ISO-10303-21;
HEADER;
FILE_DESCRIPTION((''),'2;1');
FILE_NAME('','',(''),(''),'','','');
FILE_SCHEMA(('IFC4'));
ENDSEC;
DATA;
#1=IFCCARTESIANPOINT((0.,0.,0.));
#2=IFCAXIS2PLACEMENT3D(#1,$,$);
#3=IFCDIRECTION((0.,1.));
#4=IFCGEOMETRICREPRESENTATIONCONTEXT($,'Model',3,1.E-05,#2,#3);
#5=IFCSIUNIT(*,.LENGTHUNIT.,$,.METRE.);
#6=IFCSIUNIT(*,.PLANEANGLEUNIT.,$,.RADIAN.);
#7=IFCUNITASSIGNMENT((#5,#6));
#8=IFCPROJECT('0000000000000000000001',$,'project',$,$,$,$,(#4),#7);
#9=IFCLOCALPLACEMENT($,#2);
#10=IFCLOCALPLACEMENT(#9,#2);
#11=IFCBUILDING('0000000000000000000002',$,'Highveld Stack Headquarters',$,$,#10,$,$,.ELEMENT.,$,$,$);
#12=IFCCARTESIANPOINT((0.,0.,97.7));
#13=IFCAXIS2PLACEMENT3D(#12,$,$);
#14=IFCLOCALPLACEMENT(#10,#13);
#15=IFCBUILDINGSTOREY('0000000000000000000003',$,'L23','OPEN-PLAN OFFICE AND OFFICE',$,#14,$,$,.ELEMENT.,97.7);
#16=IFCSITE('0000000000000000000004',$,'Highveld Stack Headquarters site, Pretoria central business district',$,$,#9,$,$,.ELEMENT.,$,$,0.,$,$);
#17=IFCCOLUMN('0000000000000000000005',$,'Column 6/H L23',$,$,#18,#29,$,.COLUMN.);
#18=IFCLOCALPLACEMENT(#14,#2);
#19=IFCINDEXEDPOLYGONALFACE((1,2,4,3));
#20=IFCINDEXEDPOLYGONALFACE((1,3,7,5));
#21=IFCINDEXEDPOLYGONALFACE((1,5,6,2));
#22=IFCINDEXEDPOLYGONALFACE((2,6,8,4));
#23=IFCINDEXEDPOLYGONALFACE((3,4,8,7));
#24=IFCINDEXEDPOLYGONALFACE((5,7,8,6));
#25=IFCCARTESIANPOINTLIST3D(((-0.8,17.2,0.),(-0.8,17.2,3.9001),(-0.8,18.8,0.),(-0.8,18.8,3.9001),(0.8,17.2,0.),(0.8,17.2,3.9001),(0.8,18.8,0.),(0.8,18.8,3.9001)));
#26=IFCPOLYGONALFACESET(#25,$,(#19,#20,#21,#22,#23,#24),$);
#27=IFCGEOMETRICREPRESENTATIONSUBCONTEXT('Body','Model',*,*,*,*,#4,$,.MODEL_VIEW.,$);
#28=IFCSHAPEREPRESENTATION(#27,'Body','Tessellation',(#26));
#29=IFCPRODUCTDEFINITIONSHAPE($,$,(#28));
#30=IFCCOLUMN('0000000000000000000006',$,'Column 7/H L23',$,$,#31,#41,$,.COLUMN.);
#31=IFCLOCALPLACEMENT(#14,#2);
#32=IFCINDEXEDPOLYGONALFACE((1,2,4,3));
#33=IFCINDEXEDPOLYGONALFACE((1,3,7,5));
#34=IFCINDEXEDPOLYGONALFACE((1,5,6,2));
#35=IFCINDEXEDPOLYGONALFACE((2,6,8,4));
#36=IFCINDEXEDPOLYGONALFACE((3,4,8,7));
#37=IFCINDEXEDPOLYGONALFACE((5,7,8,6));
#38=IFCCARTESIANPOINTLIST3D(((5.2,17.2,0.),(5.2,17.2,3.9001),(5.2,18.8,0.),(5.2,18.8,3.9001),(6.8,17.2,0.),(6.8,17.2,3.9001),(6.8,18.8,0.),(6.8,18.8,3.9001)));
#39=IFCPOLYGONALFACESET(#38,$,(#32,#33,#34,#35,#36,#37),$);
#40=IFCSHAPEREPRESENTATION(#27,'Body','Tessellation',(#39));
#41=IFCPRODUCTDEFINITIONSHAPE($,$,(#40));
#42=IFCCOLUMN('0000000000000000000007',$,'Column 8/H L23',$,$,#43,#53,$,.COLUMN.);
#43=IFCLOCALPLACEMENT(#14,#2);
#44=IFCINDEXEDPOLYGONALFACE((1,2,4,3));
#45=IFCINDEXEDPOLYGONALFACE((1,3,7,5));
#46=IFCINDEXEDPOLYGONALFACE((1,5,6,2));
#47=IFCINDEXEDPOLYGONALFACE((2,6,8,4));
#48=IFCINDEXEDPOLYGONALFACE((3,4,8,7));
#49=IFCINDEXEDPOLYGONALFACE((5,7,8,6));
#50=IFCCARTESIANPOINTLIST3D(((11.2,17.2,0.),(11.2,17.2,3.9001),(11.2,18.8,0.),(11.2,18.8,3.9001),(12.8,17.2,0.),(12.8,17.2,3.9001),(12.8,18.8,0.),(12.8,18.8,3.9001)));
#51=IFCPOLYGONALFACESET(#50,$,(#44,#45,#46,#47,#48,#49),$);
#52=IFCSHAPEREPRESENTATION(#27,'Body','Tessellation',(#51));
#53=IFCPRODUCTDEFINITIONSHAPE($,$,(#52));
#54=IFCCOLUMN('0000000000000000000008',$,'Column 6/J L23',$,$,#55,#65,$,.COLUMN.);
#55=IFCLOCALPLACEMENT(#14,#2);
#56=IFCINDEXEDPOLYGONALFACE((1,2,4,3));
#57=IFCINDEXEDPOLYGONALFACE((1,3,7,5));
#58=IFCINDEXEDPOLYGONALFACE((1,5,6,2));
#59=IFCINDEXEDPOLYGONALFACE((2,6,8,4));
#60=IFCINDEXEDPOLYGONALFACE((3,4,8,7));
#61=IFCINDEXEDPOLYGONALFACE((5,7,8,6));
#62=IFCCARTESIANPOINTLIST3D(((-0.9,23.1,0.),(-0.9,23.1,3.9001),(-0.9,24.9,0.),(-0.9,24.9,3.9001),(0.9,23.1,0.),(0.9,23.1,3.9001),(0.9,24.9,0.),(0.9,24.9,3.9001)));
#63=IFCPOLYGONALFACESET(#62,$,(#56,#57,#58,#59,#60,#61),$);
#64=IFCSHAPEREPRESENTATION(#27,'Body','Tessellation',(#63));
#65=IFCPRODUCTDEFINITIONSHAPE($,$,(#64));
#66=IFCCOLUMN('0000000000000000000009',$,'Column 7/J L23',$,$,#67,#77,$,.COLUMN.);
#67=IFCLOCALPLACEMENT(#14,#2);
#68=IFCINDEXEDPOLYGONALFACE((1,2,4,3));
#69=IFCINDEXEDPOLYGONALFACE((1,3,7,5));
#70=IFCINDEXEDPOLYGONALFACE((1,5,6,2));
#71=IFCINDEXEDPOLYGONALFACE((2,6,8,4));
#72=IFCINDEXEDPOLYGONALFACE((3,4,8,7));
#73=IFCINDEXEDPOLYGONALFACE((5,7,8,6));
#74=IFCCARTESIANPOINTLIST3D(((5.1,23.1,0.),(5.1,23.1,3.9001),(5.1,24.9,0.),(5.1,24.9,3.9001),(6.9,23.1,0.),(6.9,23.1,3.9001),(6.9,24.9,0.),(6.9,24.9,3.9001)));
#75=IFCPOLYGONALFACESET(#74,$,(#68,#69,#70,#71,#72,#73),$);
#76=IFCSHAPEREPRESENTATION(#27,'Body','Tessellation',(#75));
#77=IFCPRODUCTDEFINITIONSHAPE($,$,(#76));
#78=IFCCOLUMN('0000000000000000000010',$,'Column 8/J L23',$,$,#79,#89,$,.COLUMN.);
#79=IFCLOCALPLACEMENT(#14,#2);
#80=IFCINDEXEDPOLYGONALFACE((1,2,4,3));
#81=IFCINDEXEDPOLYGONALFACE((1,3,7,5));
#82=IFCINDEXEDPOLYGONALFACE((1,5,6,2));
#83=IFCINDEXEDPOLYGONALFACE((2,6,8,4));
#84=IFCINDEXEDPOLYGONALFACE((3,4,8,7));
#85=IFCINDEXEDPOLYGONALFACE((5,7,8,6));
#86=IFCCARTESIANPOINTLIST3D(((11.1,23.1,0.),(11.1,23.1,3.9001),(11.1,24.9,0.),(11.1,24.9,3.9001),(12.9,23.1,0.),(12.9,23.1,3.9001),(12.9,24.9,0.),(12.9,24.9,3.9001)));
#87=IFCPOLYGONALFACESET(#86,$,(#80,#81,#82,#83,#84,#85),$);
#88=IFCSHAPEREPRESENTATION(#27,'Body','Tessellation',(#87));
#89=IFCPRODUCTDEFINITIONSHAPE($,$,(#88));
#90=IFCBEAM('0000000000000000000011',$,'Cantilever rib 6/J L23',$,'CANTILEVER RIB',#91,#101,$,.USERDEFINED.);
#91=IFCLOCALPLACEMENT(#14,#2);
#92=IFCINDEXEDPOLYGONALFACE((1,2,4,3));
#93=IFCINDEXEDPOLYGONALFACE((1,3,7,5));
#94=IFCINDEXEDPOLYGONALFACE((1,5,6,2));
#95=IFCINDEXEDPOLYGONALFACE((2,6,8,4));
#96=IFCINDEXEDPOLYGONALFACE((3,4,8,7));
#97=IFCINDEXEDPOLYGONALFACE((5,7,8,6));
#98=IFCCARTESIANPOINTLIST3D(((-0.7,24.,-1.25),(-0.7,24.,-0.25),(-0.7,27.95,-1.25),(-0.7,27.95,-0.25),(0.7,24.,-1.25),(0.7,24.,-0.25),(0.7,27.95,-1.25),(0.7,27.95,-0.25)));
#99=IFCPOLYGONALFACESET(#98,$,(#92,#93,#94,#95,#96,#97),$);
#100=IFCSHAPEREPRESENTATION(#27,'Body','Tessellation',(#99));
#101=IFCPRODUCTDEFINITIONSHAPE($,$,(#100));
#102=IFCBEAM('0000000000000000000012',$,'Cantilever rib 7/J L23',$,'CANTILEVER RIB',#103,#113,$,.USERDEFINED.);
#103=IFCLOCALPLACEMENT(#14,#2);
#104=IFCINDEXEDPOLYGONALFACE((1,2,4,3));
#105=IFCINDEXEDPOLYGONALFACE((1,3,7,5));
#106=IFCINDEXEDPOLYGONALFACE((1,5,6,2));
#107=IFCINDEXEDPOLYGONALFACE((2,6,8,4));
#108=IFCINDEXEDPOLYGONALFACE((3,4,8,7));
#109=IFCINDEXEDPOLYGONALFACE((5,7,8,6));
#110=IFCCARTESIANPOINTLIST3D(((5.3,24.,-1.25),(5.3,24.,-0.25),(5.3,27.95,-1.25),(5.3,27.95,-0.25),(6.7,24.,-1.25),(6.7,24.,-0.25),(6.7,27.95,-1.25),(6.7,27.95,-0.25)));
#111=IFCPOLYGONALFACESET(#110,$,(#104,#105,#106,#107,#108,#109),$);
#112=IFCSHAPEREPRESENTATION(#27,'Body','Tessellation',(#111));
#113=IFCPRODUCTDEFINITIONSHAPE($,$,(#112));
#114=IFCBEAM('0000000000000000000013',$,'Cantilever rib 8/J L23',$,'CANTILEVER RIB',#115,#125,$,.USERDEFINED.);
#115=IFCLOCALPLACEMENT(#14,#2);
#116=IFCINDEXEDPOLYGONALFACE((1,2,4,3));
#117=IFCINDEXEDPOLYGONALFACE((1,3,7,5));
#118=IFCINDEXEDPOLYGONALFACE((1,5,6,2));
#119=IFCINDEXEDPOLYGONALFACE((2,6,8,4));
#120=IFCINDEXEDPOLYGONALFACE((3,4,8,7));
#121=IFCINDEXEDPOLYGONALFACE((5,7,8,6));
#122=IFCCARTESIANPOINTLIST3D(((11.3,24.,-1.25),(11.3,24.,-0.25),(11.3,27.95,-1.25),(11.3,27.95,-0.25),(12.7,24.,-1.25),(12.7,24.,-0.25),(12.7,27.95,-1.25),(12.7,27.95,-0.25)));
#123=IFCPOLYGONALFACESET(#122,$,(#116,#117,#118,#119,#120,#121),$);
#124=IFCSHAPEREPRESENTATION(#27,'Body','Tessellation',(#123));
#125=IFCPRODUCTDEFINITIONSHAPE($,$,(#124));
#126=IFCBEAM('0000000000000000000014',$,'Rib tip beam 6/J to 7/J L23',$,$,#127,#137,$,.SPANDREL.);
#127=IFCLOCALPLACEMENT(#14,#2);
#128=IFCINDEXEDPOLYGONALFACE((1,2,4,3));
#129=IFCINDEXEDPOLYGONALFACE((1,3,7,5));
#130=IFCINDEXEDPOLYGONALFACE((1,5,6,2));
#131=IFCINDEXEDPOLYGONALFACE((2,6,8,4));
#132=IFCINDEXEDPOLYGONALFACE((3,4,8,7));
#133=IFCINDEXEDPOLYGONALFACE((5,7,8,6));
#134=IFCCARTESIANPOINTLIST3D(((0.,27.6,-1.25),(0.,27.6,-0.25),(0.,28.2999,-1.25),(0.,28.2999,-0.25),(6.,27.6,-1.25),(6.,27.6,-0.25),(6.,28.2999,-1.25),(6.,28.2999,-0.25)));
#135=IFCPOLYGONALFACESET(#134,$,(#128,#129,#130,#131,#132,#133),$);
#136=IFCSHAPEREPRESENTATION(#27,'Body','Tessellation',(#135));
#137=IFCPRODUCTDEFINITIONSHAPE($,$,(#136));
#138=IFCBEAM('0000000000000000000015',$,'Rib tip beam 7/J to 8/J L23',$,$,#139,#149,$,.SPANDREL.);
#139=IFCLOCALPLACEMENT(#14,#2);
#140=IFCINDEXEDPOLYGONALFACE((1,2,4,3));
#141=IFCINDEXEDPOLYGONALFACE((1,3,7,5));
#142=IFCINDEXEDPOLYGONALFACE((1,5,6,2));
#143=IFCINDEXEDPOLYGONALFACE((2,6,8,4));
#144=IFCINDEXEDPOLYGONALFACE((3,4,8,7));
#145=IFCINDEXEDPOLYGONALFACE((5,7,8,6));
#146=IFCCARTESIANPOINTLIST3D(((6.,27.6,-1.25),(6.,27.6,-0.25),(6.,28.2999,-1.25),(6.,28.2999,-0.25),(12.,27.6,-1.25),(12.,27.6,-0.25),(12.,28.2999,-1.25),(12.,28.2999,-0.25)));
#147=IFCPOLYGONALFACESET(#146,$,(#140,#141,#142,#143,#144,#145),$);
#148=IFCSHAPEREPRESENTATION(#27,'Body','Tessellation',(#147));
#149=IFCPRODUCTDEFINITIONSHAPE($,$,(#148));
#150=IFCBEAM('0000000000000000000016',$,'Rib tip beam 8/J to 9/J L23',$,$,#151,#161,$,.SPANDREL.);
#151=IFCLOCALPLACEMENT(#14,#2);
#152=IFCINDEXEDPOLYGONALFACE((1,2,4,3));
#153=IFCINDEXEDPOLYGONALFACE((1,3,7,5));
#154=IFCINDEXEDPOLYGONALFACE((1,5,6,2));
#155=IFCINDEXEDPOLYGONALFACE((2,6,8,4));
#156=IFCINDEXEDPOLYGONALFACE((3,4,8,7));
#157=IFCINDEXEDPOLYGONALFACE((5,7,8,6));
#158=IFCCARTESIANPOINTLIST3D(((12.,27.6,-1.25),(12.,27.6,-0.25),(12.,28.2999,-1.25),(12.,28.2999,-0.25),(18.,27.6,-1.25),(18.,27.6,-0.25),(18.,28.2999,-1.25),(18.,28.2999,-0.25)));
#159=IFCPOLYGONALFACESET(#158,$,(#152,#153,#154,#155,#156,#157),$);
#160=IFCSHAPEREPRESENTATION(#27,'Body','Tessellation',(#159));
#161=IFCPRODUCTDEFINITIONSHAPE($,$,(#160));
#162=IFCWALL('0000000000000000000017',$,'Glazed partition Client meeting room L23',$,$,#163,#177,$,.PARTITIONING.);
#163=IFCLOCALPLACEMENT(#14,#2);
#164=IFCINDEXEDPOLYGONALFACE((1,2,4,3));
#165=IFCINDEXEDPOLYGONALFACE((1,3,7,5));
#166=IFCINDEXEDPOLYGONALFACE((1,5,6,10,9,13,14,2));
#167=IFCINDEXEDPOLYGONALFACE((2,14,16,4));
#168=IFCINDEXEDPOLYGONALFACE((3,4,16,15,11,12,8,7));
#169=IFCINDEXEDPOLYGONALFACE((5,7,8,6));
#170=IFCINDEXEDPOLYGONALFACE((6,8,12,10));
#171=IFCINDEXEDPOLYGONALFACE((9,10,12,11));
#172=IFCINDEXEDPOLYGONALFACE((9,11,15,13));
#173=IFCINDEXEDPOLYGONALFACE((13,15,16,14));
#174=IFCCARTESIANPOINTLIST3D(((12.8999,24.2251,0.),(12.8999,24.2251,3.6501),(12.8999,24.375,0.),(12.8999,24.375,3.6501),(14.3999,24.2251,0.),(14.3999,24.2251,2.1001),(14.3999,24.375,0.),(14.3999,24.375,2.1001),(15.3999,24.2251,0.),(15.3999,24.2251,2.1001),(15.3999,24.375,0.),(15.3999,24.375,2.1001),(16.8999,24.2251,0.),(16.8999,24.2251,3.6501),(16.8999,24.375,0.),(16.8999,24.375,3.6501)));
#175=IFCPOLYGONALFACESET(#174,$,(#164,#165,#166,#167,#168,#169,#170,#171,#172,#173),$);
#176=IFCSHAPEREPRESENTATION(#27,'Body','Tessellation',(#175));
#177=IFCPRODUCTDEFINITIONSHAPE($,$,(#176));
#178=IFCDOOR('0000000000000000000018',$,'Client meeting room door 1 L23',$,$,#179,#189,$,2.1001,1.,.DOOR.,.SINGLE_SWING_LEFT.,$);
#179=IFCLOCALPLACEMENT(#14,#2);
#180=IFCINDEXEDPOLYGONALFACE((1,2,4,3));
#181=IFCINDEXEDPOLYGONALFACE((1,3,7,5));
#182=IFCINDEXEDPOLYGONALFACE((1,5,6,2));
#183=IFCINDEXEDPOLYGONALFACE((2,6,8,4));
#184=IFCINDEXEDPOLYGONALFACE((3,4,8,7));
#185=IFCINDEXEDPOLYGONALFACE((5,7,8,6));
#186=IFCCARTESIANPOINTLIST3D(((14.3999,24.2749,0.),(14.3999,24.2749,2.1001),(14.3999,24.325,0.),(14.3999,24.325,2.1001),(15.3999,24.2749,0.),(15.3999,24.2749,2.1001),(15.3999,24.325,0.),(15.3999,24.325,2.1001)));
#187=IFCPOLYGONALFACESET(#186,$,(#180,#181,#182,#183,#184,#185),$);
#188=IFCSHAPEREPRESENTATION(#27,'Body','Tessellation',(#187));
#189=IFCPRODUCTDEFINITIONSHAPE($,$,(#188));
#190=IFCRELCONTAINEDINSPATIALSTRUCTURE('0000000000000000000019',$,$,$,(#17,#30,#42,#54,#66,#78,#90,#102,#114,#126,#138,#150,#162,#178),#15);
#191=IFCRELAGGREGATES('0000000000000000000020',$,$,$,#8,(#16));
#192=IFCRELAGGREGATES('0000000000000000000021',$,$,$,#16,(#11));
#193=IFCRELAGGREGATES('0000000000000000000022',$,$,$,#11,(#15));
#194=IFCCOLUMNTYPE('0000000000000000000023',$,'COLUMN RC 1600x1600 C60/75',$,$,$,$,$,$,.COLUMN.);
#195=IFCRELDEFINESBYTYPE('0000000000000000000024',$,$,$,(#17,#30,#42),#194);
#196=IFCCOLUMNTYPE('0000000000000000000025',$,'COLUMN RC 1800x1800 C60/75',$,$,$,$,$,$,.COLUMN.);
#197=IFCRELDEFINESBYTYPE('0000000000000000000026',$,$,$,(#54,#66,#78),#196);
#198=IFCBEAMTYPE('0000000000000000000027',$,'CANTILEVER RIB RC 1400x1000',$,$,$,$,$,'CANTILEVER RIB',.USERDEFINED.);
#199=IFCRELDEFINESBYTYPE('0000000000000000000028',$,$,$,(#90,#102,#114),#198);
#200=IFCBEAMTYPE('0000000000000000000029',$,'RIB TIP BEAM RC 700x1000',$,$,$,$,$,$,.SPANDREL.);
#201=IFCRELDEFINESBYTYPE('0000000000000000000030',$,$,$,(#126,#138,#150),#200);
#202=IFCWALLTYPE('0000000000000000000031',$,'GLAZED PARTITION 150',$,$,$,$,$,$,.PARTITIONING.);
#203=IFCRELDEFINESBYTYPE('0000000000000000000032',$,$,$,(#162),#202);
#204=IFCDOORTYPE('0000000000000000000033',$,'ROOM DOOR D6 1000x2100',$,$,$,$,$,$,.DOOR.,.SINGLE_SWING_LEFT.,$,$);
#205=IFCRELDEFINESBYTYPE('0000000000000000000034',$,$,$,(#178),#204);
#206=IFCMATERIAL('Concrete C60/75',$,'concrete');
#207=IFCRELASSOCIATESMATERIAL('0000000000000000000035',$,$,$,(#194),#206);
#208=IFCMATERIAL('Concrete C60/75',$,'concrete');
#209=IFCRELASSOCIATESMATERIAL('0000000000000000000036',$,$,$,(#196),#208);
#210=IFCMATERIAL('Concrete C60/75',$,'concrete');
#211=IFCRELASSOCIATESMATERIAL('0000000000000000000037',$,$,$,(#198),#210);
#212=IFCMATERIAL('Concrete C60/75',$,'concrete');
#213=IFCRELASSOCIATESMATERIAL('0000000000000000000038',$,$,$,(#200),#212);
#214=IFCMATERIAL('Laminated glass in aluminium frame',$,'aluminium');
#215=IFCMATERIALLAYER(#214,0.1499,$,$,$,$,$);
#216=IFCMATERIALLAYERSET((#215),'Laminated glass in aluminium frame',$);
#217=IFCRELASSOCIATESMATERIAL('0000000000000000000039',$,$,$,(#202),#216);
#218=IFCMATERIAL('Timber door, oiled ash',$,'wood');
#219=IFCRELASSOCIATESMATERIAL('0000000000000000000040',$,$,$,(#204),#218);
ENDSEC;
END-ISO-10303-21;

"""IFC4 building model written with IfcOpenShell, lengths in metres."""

from ifc_helpers import new_model, si_unit, direction, frame, frame_2d, origin, origin_2d, place, context, subcontext, project, spatial, rectangle, extrude, material, layer, layer_set, material_profile, profile_set, type_object, element, fill, save


model = new_model("IFC4")

# Units and contexts
model_context = context("Model", 3, precision=1e-05, world=origin(), true_north=direction((0.0, 1.0)))
body_context = subcontext(model_context, "Body", "Model", "MODEL_VIEW")
ifc_project = project(units=[si_unit("LENGTHUNIT", "METRE"), si_unit("PLANEANGLEUNIT", "RADIAN")], contexts=[model_context])

# Site, building, storey
site_placement = place(None, origin())
site = spatial("IfcSite", under=ifc_project, at=site_placement, Name="Highveld Stack Headquarters site, Pretoria central business district", CompositionType="ELEMENT", RefElevation=0.0)
building_placement = place(site_placement, origin())
building = spatial("IfcBuilding", under=site, at=building_placement, Name="Highveld Stack Headquarters", CompositionType="ELEMENT")
storey_placement = place(building_placement, frame((0.0, 0.0, 97.7)))
storey = spatial("IfcBuildingStorey", under=building, at=storey_placement, Name="L23", Description="OPEN-PLAN OFFICE AND OFFICE", CompositionType="ELEMENT", Elevation=97.7)

# Columns
ifc_material_1 = material(Name="Concrete C60/75", Category="concrete")
ifc_material_profile_1 = material_profile(ifc_material_1, rectangle(XDim=1.6001, YDim=1.6001, at=origin_2d()), Name="RC 1600x1600")
ifc_profile_set_1 = profile_set([ifc_material_profile_1], Name="Concrete C60/75")
column_type_1 = type_object("IfcColumnType", Name="COLUMN RC 1600x1600 C60/75", PredefinedType="COLUMN", material=ifc_profile_set_1)
for number, where, z_axis, x_axis, name in (
    (1, (0.0, 18.0, 0.0), (0.0, 0.0, 1.0), (1.0, 0.0, 0.0), "Column 6/H L23"),
    (2, (6.0, 18.0, 0.0), (0.0, 0.0, 1.0), (1.0, 0.0, 0.0), "Column 7/H L23"),
    (3, (12.0, 18.0, 0.0), (0.0, 0.0, 1.0), (1.0, 0.0, 0.0), "Column 8/H L23"),
):
    element("IfcColumn", number, at=place(storey_placement, frame(where, z_axis=z_axis, x_axis=x_axis)), inside=storey, type_object=column_type_1, Name=name, PredefinedType="COLUMN", context=body_context, shape_type="SweptSolid", body=[
        extrude(rectangle(XDim=1.6001, YDim=1.6001, at=origin_2d()), origin(), (0.0, 0.0, 1.0), 3.9001),
    ])
ifc_material_2 = material(Name="Concrete C60/75", Category="concrete")
ifc_material_profile_2 = material_profile(ifc_material_2, rectangle(XDim=1.8, YDim=1.8, at=origin_2d()), Name="RC 1800x1800")
ifc_profile_set_2 = profile_set([ifc_material_profile_2], Name="Concrete C60/75")
column_type_2 = type_object("IfcColumnType", Name="COLUMN RC 1800x1800 C60/75", PredefinedType="COLUMN", material=ifc_profile_set_2)
for number, where, z_axis, x_axis, name in (
    (4, (0.0, 24.0, 0.0), (0.0, 0.0, 1.0), (1.0, 0.0, 0.0), "Column 6/J L23"),
    (5, (6.0, 24.0, 0.0), (0.0, 0.0, 1.0), (1.0, 0.0, 0.0), "Column 7/J L23"),
    (6, (12.0, 24.0, 0.0), (0.0, 0.0, 1.0), (1.0, 0.0, 0.0), "Column 8/J L23"),
):
    element("IfcColumn", number, at=place(storey_placement, frame(where, z_axis=z_axis, x_axis=x_axis)), inside=storey, type_object=column_type_2, Name=name, PredefinedType="COLUMN", context=body_context, shape_type="SweptSolid", body=[
        extrude(rectangle(XDim=1.8, YDim=1.8, at=origin_2d()), origin(), (0.0, 0.0, 1.0), 3.9001),
    ])

# Beams
ifc_material_3 = material(Name="Concrete C60/75", Category="concrete")
ifc_material_profile_3 = material_profile(ifc_material_3, rectangle(XDim=1.3999, YDim=1.0, at=origin_2d()), Name="RC 1400x1000")
ifc_profile_set_3 = profile_set([ifc_material_profile_3], Name="Concrete C60/75")
beam_type_1 = type_object("IfcBeamType", Name="CANTILEVER RIB RC 1400x1000", ElementType="CANTILEVER RIB", PredefinedType="USERDEFINED", material=ifc_profile_set_3)
for number, where, z_axis, x_axis, name in (
    (7, (0.0, 24.0, -0.75), (0.0, 1.0, 0.0), (-1.0, 0.0, 0.0), "Cantilever rib 6/J L23"),
    (8, (6.0, 24.0, -0.75), (0.0, 1.0, 0.0), (-1.0, 0.0, 0.0), "Cantilever rib 7/J L23"),
    (9, (12.0, 24.0, -0.75), (0.0, 1.0, 0.0), (-1.0, 0.0, 0.0), "Cantilever rib 8/J L23"),
):
    element("IfcBeam", number, at=place(storey_placement, frame(where, z_axis=z_axis, x_axis=x_axis)), inside=storey, type_object=beam_type_1, Name=name, ObjectType="CANTILEVER RIB", PredefinedType="USERDEFINED", context=body_context, shape_type="SweptSolid", body=[
        extrude(rectangle(XDim=1.3999, YDim=1.0, at=origin_2d()), origin(), (0.0, 0.0, 1.0), 3.95),
    ])
ifc_material_4 = material(Name="Concrete C60/75", Category="concrete")
ifc_material_profile_4 = material_profile(ifc_material_4, rectangle(XDim=0.7, YDim=1.0, at=origin_2d()), Name="RC 700x1000")
ifc_profile_set_4 = profile_set([ifc_material_profile_4], Name="Concrete C60/75")
beam_type_2 = type_object("IfcBeamType", Name="RIB TIP BEAM RC 700x1000", PredefinedType="SPANDREL", material=ifc_profile_set_4)
for number, where, z_axis, x_axis, name in (
    (10, (0.0, 27.95, -0.75), (1.0, 0.0, 0.0), (0.0, 1.0, 0.0), "Rib tip beam 6/J to 7/J L23"),
    (11, (6.0, 27.95, -0.75), (1.0, 0.0, 0.0), (0.0, 1.0, 0.0), "Rib tip beam 7/J to 8/J L23"),
    (12, (12.0, 27.95, -0.75), (1.0, 0.0, 0.0), (0.0, 1.0, 0.0), "Rib tip beam 8/J to 9/J L23"),
):
    element("IfcBeam", number, at=place(storey_placement, frame(where, z_axis=z_axis, x_axis=x_axis)), inside=storey, type_object=beam_type_2, Name=name, PredefinedType="SPANDREL", context=body_context, shape_type="SweptSolid", body=[
        extrude(rectangle(XDim=0.7, YDim=1.0, at=origin_2d()), origin(), (0.0, 0.0, 1.0), 6.0),
    ])

# Wall, opening, door
ifc_material_5 = material(Name="Laminated glass in aluminium frame", Category="aluminium")
ifc_layer_1 = layer(ifc_material_5, 0.1499)
ifc_layer_set_1 = layer_set([ifc_layer_1], Name="Laminated glass in aluminium frame")
wall_type_1 = type_object("IfcWallType", Name="GLAZED PARTITION 150", PredefinedType="PARTITIONING", material=ifc_layer_set_1)
wall_1_placement = place(storey_placement, frame((12.8999, 24.3, 0.0), z_axis=(0.0, 0.0, 1.0), x_axis=(1.0, 0.0, 0.0)))
wall_1 = element("IfcWall", 13, at=wall_1_placement, inside=storey, type_object=wall_type_1, Name="Glazed partition Client meeting room L23", PredefinedType="PARTITIONING", context=body_context, shape_type="SweptSolid", body=[
    extrude(rectangle(XDim=4.0, YDim=0.1499, at=frame_2d((2.0, 0.0))), origin(), (0.0, 0.0, 1.0), 3.6501),
])
opening_1_placement = place(wall_1_placement, frame((1.5, 0.0, 0.0)))
opening_1 = element("IfcOpeningElement", 14, at=opening_1_placement, cuts=wall_1, PredefinedType="OPENING", context=body_context, shape_type="SweptSolid", body=[
    extrude(rectangle(XDim=1.0, YDim=2.1001, at=frame_2d((0.5, 1.05))), frame((0.0, 0.085, 0.0), z_axis=(0.0, -1.0, 0.0), x_axis=(1.0, 0.0, 0.0)), (0.0, 0.0, 1.0), 0.1699),
])
ifc_material_6 = material(Name="Timber door, oiled ash", Category="wood")
door_type = type_object("IfcDoorType", Name="ROOM DOOR D6 1000x2100", OperationType="SINGLE_SWING_LEFT", PredefinedType="DOOR", material=ifc_material_6)
door_1_placement = place(opening_1_placement, origin())
door_1 = element("IfcDoor", 15, at=door_1_placement, inside=storey, type_object=door_type, Name="Client meeting room door 1 L23", OperationType="SINGLE_SWING_LEFT", OverallHeight=2.1001, OverallWidth=1.0, PredefinedType="DOOR", context=body_context, shape_type="SweptSolid", body=[
    extrude(rectangle(XDim=1.0, YDim=2.1001, at=frame_2d((0.5, 1.05))), frame((0.0, 0.0249, 0.0), z_axis=(0.0, -1.0, 0.0), x_axis=(1.0, 0.0, 0.0)), (0.0, 0.0, 1.0), 0.05),
])
fill(opening_1, door_1)

save(model, "model.ifc")
